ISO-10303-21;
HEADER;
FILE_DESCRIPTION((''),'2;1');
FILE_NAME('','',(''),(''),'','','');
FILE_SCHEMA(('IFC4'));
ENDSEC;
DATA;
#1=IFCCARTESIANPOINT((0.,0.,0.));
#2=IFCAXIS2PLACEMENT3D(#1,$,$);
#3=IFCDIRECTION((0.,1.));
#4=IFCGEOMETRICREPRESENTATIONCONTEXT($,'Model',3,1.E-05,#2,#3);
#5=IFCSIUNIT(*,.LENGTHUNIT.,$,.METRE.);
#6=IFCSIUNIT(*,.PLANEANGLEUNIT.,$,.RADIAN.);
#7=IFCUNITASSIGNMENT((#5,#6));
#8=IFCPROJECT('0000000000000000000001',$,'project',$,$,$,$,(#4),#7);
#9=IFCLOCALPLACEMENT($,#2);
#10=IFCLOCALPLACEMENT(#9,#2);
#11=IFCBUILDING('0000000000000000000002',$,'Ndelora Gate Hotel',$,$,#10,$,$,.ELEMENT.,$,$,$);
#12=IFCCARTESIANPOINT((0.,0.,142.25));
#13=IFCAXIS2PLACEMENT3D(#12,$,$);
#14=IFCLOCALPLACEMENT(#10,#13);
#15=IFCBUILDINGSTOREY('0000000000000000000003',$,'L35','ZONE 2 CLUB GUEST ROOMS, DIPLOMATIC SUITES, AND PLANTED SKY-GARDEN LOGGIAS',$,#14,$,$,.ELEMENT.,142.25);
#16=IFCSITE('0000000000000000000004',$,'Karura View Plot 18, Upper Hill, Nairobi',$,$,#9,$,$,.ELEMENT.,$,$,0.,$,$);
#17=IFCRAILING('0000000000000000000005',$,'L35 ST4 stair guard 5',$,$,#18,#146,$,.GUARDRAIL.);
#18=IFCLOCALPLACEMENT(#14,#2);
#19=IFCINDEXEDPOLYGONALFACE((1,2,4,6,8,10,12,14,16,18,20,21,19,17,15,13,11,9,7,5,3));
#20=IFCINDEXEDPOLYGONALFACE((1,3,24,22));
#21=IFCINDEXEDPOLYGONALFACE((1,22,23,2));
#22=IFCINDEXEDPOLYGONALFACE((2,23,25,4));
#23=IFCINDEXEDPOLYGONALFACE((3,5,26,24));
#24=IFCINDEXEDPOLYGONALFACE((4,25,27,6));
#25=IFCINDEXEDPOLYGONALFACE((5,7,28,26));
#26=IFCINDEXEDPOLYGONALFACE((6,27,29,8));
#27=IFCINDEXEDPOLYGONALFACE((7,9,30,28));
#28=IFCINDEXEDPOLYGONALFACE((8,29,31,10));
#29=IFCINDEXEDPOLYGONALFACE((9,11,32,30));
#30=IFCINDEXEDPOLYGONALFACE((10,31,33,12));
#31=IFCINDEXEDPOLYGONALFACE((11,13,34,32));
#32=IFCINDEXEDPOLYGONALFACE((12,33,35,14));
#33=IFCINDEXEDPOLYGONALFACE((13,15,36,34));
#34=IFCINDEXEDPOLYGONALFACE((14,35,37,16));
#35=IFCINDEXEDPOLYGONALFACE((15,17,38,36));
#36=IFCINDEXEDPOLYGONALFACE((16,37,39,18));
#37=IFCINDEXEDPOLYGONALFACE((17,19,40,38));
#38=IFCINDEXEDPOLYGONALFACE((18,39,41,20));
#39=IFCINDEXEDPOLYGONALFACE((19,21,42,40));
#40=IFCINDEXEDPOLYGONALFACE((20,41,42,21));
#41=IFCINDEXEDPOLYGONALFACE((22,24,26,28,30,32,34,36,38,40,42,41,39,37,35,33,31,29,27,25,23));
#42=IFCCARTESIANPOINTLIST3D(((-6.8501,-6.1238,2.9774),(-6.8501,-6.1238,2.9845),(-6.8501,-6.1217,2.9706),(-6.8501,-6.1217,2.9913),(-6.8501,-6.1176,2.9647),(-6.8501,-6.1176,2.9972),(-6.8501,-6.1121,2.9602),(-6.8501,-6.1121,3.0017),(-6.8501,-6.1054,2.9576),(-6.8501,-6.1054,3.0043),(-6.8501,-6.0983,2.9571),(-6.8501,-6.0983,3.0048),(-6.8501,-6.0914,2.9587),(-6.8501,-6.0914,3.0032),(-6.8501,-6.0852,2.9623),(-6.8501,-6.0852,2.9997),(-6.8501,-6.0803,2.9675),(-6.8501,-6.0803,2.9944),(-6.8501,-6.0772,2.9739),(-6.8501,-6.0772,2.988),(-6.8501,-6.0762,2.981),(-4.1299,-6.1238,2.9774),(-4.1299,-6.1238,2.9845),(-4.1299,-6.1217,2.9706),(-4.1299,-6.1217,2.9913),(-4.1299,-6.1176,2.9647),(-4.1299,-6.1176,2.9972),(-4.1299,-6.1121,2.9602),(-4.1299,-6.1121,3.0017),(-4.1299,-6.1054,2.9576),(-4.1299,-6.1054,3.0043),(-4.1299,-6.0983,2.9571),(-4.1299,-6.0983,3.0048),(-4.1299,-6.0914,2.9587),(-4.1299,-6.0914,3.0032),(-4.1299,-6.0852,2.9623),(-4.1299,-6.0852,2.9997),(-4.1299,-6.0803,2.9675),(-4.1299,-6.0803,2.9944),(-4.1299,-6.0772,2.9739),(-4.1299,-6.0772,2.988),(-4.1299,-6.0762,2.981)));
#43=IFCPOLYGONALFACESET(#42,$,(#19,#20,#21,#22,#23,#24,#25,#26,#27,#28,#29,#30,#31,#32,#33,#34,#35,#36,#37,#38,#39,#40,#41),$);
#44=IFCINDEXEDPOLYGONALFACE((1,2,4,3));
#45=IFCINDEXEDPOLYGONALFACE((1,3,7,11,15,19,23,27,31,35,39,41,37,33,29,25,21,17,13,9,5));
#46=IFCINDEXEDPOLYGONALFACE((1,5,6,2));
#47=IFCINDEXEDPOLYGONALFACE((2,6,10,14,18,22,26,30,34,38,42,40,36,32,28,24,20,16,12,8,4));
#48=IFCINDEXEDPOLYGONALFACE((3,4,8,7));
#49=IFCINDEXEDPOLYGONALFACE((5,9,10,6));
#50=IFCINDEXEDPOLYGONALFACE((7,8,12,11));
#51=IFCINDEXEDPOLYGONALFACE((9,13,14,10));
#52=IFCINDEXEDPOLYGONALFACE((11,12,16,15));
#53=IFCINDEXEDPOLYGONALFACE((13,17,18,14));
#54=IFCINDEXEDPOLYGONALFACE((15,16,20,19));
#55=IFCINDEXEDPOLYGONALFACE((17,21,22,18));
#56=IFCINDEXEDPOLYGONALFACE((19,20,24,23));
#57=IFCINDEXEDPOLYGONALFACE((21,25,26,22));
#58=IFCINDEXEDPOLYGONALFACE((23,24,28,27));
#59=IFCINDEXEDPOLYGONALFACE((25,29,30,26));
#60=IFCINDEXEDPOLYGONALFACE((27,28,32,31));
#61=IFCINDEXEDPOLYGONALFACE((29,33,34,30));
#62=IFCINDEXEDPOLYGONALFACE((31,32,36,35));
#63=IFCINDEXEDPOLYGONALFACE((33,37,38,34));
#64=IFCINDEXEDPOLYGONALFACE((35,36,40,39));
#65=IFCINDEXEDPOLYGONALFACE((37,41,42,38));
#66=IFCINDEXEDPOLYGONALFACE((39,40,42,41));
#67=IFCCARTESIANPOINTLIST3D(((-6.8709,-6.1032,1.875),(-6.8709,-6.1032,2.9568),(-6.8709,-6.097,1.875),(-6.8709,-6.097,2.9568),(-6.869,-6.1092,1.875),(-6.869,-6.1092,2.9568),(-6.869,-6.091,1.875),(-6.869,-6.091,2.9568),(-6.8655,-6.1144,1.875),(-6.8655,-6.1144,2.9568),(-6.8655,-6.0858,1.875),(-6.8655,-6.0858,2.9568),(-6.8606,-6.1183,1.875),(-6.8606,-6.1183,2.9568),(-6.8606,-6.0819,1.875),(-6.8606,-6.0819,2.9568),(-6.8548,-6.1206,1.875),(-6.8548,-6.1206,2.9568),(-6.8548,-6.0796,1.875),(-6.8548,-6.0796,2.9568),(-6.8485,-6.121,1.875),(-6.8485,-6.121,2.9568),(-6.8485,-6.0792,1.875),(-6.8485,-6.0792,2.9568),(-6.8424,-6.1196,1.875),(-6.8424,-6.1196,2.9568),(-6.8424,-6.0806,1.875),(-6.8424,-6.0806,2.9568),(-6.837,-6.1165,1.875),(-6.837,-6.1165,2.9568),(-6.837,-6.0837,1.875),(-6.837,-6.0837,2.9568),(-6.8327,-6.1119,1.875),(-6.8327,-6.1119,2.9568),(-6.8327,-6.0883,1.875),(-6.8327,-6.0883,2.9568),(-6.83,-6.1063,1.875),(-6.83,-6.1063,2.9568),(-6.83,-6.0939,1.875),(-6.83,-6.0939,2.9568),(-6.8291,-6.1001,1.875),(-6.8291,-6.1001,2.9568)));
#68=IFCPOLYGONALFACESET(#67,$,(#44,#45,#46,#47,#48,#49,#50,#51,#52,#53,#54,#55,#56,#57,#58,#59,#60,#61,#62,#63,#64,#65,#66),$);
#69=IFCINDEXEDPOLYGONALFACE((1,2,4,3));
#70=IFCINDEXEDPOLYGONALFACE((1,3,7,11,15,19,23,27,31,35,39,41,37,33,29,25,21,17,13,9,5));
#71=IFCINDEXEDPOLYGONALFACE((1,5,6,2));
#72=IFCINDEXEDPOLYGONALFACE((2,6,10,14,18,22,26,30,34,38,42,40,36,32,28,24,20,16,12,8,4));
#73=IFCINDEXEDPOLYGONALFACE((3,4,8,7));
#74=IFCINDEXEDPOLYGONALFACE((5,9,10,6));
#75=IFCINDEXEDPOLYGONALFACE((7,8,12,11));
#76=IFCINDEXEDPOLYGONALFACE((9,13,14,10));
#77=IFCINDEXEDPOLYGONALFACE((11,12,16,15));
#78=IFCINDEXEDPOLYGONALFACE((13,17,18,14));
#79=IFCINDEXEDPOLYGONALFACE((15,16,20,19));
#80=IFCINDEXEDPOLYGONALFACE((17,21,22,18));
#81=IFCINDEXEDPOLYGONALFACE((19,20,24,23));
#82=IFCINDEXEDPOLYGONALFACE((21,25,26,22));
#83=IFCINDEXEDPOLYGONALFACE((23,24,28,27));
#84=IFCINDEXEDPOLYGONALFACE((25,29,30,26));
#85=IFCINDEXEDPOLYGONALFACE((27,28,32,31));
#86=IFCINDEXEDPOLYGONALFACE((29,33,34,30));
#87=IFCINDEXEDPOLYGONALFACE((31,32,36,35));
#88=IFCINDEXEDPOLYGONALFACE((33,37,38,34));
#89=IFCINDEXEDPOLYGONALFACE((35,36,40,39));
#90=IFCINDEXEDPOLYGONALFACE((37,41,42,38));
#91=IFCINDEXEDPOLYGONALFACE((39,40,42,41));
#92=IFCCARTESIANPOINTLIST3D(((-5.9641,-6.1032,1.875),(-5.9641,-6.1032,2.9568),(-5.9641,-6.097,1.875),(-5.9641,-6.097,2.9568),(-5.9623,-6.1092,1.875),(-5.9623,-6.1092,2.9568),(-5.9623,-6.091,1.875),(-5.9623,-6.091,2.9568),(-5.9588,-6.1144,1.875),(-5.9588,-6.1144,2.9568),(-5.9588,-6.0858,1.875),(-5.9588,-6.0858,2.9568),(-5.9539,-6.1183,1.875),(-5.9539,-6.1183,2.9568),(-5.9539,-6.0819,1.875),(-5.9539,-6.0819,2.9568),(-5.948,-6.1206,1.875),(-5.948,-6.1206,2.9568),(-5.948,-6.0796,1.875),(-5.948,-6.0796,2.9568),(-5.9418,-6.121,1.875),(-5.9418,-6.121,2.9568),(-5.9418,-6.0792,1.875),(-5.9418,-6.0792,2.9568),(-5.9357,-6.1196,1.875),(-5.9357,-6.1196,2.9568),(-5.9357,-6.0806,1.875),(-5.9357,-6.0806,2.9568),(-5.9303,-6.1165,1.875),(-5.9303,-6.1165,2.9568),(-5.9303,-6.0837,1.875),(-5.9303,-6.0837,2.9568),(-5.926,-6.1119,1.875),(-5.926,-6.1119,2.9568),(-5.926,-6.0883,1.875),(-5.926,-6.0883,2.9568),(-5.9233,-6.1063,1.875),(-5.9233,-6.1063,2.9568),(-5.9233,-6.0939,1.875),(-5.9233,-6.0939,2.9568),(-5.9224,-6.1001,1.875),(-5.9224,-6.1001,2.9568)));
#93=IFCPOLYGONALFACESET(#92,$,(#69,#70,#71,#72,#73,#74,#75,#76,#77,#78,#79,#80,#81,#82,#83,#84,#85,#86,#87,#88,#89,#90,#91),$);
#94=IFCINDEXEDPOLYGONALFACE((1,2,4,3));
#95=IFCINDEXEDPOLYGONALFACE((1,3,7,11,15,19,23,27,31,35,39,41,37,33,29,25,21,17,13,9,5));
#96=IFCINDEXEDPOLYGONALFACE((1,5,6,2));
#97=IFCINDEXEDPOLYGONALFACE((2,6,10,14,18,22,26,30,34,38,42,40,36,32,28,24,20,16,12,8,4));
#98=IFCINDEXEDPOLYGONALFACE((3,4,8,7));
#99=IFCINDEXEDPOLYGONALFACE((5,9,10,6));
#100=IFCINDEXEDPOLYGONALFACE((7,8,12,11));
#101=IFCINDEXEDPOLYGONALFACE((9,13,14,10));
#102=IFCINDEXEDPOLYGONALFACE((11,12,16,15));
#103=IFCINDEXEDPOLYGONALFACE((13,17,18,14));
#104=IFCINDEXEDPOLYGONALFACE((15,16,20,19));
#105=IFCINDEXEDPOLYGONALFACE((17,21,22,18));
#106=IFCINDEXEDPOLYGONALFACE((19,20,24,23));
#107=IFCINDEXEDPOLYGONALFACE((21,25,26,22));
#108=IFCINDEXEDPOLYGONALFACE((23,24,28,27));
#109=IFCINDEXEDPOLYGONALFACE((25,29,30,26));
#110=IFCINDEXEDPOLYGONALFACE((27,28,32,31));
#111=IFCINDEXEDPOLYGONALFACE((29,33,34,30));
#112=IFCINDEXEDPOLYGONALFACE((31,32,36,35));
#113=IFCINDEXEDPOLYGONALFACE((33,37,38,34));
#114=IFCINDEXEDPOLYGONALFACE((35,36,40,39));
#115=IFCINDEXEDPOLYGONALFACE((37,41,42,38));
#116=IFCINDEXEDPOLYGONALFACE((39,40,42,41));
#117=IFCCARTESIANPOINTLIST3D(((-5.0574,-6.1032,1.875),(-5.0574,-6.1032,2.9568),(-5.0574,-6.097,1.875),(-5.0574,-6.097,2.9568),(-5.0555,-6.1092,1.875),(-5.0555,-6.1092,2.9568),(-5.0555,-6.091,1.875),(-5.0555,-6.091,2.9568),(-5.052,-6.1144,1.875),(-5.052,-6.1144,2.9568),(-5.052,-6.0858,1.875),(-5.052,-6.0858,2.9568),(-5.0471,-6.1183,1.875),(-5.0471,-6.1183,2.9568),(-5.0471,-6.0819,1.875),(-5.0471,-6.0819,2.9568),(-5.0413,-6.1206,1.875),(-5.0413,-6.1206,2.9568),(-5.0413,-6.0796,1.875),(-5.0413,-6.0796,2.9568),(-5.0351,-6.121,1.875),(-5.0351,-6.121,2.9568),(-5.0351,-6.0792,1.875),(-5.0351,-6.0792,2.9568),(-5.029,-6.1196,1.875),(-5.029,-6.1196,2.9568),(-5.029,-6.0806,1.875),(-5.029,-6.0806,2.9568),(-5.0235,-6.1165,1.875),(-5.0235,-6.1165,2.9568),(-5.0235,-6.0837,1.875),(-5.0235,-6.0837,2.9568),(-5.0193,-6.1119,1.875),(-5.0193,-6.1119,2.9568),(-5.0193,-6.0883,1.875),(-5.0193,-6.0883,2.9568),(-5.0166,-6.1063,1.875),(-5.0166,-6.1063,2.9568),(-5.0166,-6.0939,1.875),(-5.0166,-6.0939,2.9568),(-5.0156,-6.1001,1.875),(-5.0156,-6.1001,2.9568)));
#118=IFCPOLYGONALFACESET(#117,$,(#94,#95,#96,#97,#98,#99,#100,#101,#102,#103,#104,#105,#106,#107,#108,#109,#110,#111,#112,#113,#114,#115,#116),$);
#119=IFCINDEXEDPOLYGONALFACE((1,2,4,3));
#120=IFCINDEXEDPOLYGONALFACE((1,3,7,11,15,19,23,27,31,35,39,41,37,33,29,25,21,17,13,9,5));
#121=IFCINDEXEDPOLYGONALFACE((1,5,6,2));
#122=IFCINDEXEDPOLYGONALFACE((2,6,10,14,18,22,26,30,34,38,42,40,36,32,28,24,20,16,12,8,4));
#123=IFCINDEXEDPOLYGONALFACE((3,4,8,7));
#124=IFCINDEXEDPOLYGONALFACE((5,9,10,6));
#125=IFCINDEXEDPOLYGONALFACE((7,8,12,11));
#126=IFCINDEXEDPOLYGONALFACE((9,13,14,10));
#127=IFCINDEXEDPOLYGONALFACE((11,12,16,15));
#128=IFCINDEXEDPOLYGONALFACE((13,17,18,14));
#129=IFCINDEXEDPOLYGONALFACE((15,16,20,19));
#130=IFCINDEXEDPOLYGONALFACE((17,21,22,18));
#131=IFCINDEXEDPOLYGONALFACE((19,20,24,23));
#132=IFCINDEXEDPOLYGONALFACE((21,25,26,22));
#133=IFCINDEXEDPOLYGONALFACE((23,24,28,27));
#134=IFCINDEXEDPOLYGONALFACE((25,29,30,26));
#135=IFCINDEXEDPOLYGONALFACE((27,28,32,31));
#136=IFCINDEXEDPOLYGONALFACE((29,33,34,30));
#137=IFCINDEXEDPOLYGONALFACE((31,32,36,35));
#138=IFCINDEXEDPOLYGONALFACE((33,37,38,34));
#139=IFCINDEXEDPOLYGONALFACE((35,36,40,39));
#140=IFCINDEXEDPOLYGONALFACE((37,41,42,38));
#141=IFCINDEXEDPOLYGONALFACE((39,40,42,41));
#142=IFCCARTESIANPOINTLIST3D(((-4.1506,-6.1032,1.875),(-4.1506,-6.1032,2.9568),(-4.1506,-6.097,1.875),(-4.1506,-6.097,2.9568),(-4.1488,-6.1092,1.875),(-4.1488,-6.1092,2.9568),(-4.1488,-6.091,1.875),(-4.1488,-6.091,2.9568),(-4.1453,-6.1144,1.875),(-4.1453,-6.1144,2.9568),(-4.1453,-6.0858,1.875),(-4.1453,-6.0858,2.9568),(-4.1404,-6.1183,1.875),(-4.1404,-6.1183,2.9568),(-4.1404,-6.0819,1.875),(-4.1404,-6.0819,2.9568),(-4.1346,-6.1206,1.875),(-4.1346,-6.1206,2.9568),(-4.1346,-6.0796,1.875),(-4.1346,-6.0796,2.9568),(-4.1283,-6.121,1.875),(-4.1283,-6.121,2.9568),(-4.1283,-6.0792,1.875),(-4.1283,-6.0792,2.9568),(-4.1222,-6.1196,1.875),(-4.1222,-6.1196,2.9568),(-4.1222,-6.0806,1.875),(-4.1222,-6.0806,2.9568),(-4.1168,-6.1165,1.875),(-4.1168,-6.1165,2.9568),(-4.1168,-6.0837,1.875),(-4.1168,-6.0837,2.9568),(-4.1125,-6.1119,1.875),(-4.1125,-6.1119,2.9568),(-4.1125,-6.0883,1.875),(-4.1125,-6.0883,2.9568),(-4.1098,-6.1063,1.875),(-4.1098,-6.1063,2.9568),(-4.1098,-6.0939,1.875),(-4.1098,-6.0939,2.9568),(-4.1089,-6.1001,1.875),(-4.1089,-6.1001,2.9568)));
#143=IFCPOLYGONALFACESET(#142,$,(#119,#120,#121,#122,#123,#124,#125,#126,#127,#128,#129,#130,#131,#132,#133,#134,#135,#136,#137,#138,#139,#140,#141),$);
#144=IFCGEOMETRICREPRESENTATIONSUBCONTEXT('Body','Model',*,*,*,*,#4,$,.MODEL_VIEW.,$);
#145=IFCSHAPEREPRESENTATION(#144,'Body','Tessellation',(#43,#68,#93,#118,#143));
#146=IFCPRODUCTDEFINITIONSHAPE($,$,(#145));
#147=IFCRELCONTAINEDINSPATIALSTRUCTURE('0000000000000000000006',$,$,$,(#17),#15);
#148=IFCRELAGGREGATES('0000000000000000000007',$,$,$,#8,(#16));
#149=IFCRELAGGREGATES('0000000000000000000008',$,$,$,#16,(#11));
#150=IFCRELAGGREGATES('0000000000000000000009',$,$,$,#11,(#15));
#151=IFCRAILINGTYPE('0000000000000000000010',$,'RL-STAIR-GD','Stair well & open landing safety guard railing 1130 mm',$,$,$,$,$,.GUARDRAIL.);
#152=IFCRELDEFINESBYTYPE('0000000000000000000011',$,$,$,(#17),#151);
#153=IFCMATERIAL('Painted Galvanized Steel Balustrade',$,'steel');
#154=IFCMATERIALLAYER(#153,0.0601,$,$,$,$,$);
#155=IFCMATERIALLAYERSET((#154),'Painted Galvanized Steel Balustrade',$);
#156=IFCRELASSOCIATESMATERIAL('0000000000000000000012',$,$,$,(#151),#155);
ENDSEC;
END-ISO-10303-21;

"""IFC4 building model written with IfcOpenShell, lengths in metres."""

from ifc_helpers import new_model, si_unit, direction, frame, origin, origin_2d, place, context, subcontext, project, spatial, circle, extrude, material, layer, layer_set, type_object, element, save


model = new_model("IFC4")

# Units and contexts
model_context = context("Model", 3, precision=1e-05, world=origin(), true_north=direction((0.0, 1.0)))
body_context = subcontext(model_context, "Body", "Model", "MODEL_VIEW")
ifc_project = project(units=[si_unit("LENGTHUNIT", "METRE"), si_unit("PLANEANGLEUNIT", "RADIAN")], contexts=[model_context])

# Site, building, storey
site_placement = place(None, origin())
site = spatial("IfcSite", under=ifc_project, at=site_placement, Name="Karura View Plot 18, Upper Hill, Nairobi", CompositionType="ELEMENT", RefElevation=0.0)
building_placement = place(site_placement, origin())
building = spatial("IfcBuilding", under=site, at=building_placement, Name="Ndelora Gate Hotel", CompositionType="ELEMENT")
storey_placement = place(building_placement, frame((0.0, 0.0, 142.25)))
storey = spatial("IfcBuildingStorey", under=building, at=storey_placement, Name="L35", Description="ZONE 2 CLUB GUEST ROOMS, DIPLOMATIC SUITES, AND PLANTED SKY-GARDEN LOGGIAS", CompositionType="ELEMENT", Elevation=142.25)

# Railing
ifc_material_1 = material(Name="Painted Galvanized Steel Balustrade", Category="steel")
ifc_layer_1 = layer(ifc_material_1, 0.0601)
ifc_layer_set_1 = layer_set([ifc_layer_1], Name="Painted Galvanized Steel Balustrade")
railing_type_1 = type_object("IfcRailingType", Name="RL-STAIR-GD", Description="Stair well & open landing safety guard railing 1130 mm", PredefinedType="GUARDRAIL", material=ifc_layer_set_1)
railing_1_placement = place(storey_placement, frame((-6.8501, -6.1001, 1.875)))
element("IfcRailing", 1, at=railing_1_placement, inside=storey, type_object=railing_type_1, Name="L35 ST4 stair guard 5", PredefinedType="GUARDRAIL", context=body_context, shape_type="SweptSolid", body=[
    extrude(circle(Radius=0.0239, at=origin_2d()), frame((0.0, 0.0, 1.106), z_axis=(1.0, 0.0, 0.0), x_axis=(0.0, 1.0, 0.0)), (0.0, 0.0, 1.0), 2.7202),
    extrude(circle(Radius=0.021, at=origin_2d()), origin(), (0.0, 0.0, 1.0), 1.0818),
    extrude(circle(Radius=0.021, at=origin_2d()), frame((0.9067, 0.0, 0.0)), (0.0, 0.0, 1.0), 1.0818),
    extrude(circle(Radius=0.021, at=origin_2d()), frame((1.8135, 0.0, 0.0)), (0.0, 0.0, 1.0), 1.0818),
    extrude(circle(Radius=0.021, at=origin_2d()), frame((2.7202, 0.0, 0.0)), (0.0, 0.0, 1.0), 1.0818),
])

save(model, "model.ifc")
